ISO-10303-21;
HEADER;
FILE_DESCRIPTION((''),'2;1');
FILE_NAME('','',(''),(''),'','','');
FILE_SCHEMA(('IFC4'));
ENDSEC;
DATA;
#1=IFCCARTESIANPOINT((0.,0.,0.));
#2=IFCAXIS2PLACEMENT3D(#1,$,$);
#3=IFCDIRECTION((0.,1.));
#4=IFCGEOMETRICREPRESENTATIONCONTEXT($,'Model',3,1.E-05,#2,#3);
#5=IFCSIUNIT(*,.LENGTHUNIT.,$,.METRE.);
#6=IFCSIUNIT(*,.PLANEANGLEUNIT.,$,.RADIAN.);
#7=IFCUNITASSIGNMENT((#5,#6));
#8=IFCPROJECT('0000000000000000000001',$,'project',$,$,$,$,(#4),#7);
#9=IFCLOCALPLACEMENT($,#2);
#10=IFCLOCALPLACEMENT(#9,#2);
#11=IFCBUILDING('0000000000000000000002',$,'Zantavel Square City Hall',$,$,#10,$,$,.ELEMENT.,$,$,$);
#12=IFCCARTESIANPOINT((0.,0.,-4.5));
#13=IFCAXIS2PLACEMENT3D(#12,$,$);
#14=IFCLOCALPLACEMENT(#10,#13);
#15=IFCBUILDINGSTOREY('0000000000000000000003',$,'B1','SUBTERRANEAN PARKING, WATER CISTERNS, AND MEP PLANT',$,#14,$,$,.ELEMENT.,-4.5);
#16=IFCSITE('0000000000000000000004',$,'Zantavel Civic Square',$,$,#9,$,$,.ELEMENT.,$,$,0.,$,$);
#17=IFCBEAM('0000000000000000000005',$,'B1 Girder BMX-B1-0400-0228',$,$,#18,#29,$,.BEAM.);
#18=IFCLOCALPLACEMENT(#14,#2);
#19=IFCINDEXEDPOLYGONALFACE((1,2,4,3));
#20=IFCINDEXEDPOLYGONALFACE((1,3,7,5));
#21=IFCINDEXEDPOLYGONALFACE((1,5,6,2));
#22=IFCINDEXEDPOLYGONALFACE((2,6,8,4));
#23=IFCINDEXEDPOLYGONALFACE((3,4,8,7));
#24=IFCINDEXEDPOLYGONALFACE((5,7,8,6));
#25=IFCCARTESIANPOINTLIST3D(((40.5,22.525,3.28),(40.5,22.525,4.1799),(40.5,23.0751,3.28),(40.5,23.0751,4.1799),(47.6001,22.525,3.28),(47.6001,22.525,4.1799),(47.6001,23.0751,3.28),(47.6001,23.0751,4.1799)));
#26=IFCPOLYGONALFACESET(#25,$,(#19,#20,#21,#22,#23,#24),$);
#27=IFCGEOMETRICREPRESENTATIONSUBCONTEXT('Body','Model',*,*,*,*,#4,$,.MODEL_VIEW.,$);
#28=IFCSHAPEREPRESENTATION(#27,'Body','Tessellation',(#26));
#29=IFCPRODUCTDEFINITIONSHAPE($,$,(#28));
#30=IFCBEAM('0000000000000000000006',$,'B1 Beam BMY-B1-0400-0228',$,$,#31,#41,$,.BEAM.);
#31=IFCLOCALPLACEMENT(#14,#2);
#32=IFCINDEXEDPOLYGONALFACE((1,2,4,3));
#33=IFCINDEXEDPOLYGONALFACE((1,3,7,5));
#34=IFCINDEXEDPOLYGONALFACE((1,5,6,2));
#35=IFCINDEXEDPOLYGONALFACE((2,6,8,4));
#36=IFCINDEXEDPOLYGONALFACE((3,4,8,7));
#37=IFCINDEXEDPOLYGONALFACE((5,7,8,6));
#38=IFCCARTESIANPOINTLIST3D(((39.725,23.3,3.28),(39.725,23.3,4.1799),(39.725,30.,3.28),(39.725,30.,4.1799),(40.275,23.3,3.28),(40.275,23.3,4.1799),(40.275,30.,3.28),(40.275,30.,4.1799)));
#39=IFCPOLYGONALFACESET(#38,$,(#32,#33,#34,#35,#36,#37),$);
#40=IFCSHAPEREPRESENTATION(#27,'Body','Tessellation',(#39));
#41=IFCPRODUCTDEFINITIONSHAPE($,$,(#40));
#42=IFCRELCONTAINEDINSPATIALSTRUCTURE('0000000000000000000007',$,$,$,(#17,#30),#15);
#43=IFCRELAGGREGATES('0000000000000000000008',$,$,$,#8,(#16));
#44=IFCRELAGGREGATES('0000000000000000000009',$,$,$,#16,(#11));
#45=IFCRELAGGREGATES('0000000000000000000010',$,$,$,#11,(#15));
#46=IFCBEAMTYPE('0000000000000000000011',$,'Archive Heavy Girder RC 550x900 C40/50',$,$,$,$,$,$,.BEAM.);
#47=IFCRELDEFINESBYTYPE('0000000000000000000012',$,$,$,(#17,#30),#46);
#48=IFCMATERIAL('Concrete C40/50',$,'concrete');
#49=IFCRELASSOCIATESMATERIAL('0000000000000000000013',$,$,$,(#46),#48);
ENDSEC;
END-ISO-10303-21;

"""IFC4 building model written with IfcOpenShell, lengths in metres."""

from ifc_helpers import new_model, si_unit, direction, frame, origin, origin_2d, place, context, subcontext, project, spatial, rectangle, extrude, material, material_profile, profile_set, type_object, element, save


model = new_model("IFC4")

# Units and contexts
model_context = context("Model", 3, precision=1e-05, world=origin(), true_north=direction((0.0, 1.0)))
body_context = subcontext(model_context, "Body", "Model", "MODEL_VIEW")
ifc_project = project(units=[si_unit("LENGTHUNIT", "METRE"), si_unit("PLANEANGLEUNIT", "RADIAN")], contexts=[model_context])

# Site, building, storey
site_placement = place(None, origin())
site = spatial("IfcSite", under=ifc_project, at=site_placement, Name="Zantavel Civic Square", CompositionType="ELEMENT", RefElevation=0.0)
building_placement = place(site_placement, origin())
building = spatial("IfcBuilding", under=site, at=building_placement, Name="Zantavel Square City Hall", CompositionType="ELEMENT")
storey_placement = place(building_placement, frame((0.0, 0.0, -4.5)))
storey = spatial("IfcBuildingStorey", under=building, at=storey_placement, Name="B1", Description="SUBTERRANEAN PARKING, WATER CISTERNS, AND MEP PLANT", CompositionType="ELEMENT", Elevation=-4.5)

# Shared definitions
ifc_material_1 = material(Name="Concrete C40/50", Category="concrete")

# Beams
ifc_material_profile_1 = material_profile(ifc_material_1, rectangle(XDim=0.55, YDim=0.8999, at=origin_2d()), Name="RC 550x900")
ifc_profile_set_1 = profile_set([ifc_material_profile_1], Name="Concrete C40/50")
beam_type_1 = type_object("IfcBeamType", Name="Archive Heavy Girder RC 550x900 C40/50", PredefinedType="BEAM", material=ifc_profile_set_1)
beam_1_placement = place(storey_placement, frame((40.5, 22.8, 3.73), z_axis=(1.0, 0.0, 0.0), x_axis=(0.0, 1.0, 0.0)))
element("IfcBeam", 1, at=beam_1_placement, inside=storey, type_object=beam_type_1, Name="B1 Girder BMX-B1-0400-0228", PredefinedType="BEAM", context=body_context, shape_type="SweptSolid", body=[
    extrude(rectangle(XDim=0.55, YDim=0.8999, at=origin_2d()), origin(), (0.0, 0.0, 1.0), 7.1001),
])
beam_2_placement = place(storey_placement, frame((40.0, 23.3, 3.73), z_axis=(0.0, 1.0, 0.0), x_axis=(-1.0, 0.0, 0.0)))
element("IfcBeam", 2, at=beam_2_placement, inside=storey, type_object=beam_type_1, Name="B1 Beam BMY-B1-0400-0228", PredefinedType="BEAM", context=body_context, shape_type="SweptSolid", body=[
    extrude(rectangle(XDim=0.55, YDim=0.8999, at=origin_2d()), origin(), (0.0, 0.0, 1.0), 6.7),
])

save(model, "model.ifc")
